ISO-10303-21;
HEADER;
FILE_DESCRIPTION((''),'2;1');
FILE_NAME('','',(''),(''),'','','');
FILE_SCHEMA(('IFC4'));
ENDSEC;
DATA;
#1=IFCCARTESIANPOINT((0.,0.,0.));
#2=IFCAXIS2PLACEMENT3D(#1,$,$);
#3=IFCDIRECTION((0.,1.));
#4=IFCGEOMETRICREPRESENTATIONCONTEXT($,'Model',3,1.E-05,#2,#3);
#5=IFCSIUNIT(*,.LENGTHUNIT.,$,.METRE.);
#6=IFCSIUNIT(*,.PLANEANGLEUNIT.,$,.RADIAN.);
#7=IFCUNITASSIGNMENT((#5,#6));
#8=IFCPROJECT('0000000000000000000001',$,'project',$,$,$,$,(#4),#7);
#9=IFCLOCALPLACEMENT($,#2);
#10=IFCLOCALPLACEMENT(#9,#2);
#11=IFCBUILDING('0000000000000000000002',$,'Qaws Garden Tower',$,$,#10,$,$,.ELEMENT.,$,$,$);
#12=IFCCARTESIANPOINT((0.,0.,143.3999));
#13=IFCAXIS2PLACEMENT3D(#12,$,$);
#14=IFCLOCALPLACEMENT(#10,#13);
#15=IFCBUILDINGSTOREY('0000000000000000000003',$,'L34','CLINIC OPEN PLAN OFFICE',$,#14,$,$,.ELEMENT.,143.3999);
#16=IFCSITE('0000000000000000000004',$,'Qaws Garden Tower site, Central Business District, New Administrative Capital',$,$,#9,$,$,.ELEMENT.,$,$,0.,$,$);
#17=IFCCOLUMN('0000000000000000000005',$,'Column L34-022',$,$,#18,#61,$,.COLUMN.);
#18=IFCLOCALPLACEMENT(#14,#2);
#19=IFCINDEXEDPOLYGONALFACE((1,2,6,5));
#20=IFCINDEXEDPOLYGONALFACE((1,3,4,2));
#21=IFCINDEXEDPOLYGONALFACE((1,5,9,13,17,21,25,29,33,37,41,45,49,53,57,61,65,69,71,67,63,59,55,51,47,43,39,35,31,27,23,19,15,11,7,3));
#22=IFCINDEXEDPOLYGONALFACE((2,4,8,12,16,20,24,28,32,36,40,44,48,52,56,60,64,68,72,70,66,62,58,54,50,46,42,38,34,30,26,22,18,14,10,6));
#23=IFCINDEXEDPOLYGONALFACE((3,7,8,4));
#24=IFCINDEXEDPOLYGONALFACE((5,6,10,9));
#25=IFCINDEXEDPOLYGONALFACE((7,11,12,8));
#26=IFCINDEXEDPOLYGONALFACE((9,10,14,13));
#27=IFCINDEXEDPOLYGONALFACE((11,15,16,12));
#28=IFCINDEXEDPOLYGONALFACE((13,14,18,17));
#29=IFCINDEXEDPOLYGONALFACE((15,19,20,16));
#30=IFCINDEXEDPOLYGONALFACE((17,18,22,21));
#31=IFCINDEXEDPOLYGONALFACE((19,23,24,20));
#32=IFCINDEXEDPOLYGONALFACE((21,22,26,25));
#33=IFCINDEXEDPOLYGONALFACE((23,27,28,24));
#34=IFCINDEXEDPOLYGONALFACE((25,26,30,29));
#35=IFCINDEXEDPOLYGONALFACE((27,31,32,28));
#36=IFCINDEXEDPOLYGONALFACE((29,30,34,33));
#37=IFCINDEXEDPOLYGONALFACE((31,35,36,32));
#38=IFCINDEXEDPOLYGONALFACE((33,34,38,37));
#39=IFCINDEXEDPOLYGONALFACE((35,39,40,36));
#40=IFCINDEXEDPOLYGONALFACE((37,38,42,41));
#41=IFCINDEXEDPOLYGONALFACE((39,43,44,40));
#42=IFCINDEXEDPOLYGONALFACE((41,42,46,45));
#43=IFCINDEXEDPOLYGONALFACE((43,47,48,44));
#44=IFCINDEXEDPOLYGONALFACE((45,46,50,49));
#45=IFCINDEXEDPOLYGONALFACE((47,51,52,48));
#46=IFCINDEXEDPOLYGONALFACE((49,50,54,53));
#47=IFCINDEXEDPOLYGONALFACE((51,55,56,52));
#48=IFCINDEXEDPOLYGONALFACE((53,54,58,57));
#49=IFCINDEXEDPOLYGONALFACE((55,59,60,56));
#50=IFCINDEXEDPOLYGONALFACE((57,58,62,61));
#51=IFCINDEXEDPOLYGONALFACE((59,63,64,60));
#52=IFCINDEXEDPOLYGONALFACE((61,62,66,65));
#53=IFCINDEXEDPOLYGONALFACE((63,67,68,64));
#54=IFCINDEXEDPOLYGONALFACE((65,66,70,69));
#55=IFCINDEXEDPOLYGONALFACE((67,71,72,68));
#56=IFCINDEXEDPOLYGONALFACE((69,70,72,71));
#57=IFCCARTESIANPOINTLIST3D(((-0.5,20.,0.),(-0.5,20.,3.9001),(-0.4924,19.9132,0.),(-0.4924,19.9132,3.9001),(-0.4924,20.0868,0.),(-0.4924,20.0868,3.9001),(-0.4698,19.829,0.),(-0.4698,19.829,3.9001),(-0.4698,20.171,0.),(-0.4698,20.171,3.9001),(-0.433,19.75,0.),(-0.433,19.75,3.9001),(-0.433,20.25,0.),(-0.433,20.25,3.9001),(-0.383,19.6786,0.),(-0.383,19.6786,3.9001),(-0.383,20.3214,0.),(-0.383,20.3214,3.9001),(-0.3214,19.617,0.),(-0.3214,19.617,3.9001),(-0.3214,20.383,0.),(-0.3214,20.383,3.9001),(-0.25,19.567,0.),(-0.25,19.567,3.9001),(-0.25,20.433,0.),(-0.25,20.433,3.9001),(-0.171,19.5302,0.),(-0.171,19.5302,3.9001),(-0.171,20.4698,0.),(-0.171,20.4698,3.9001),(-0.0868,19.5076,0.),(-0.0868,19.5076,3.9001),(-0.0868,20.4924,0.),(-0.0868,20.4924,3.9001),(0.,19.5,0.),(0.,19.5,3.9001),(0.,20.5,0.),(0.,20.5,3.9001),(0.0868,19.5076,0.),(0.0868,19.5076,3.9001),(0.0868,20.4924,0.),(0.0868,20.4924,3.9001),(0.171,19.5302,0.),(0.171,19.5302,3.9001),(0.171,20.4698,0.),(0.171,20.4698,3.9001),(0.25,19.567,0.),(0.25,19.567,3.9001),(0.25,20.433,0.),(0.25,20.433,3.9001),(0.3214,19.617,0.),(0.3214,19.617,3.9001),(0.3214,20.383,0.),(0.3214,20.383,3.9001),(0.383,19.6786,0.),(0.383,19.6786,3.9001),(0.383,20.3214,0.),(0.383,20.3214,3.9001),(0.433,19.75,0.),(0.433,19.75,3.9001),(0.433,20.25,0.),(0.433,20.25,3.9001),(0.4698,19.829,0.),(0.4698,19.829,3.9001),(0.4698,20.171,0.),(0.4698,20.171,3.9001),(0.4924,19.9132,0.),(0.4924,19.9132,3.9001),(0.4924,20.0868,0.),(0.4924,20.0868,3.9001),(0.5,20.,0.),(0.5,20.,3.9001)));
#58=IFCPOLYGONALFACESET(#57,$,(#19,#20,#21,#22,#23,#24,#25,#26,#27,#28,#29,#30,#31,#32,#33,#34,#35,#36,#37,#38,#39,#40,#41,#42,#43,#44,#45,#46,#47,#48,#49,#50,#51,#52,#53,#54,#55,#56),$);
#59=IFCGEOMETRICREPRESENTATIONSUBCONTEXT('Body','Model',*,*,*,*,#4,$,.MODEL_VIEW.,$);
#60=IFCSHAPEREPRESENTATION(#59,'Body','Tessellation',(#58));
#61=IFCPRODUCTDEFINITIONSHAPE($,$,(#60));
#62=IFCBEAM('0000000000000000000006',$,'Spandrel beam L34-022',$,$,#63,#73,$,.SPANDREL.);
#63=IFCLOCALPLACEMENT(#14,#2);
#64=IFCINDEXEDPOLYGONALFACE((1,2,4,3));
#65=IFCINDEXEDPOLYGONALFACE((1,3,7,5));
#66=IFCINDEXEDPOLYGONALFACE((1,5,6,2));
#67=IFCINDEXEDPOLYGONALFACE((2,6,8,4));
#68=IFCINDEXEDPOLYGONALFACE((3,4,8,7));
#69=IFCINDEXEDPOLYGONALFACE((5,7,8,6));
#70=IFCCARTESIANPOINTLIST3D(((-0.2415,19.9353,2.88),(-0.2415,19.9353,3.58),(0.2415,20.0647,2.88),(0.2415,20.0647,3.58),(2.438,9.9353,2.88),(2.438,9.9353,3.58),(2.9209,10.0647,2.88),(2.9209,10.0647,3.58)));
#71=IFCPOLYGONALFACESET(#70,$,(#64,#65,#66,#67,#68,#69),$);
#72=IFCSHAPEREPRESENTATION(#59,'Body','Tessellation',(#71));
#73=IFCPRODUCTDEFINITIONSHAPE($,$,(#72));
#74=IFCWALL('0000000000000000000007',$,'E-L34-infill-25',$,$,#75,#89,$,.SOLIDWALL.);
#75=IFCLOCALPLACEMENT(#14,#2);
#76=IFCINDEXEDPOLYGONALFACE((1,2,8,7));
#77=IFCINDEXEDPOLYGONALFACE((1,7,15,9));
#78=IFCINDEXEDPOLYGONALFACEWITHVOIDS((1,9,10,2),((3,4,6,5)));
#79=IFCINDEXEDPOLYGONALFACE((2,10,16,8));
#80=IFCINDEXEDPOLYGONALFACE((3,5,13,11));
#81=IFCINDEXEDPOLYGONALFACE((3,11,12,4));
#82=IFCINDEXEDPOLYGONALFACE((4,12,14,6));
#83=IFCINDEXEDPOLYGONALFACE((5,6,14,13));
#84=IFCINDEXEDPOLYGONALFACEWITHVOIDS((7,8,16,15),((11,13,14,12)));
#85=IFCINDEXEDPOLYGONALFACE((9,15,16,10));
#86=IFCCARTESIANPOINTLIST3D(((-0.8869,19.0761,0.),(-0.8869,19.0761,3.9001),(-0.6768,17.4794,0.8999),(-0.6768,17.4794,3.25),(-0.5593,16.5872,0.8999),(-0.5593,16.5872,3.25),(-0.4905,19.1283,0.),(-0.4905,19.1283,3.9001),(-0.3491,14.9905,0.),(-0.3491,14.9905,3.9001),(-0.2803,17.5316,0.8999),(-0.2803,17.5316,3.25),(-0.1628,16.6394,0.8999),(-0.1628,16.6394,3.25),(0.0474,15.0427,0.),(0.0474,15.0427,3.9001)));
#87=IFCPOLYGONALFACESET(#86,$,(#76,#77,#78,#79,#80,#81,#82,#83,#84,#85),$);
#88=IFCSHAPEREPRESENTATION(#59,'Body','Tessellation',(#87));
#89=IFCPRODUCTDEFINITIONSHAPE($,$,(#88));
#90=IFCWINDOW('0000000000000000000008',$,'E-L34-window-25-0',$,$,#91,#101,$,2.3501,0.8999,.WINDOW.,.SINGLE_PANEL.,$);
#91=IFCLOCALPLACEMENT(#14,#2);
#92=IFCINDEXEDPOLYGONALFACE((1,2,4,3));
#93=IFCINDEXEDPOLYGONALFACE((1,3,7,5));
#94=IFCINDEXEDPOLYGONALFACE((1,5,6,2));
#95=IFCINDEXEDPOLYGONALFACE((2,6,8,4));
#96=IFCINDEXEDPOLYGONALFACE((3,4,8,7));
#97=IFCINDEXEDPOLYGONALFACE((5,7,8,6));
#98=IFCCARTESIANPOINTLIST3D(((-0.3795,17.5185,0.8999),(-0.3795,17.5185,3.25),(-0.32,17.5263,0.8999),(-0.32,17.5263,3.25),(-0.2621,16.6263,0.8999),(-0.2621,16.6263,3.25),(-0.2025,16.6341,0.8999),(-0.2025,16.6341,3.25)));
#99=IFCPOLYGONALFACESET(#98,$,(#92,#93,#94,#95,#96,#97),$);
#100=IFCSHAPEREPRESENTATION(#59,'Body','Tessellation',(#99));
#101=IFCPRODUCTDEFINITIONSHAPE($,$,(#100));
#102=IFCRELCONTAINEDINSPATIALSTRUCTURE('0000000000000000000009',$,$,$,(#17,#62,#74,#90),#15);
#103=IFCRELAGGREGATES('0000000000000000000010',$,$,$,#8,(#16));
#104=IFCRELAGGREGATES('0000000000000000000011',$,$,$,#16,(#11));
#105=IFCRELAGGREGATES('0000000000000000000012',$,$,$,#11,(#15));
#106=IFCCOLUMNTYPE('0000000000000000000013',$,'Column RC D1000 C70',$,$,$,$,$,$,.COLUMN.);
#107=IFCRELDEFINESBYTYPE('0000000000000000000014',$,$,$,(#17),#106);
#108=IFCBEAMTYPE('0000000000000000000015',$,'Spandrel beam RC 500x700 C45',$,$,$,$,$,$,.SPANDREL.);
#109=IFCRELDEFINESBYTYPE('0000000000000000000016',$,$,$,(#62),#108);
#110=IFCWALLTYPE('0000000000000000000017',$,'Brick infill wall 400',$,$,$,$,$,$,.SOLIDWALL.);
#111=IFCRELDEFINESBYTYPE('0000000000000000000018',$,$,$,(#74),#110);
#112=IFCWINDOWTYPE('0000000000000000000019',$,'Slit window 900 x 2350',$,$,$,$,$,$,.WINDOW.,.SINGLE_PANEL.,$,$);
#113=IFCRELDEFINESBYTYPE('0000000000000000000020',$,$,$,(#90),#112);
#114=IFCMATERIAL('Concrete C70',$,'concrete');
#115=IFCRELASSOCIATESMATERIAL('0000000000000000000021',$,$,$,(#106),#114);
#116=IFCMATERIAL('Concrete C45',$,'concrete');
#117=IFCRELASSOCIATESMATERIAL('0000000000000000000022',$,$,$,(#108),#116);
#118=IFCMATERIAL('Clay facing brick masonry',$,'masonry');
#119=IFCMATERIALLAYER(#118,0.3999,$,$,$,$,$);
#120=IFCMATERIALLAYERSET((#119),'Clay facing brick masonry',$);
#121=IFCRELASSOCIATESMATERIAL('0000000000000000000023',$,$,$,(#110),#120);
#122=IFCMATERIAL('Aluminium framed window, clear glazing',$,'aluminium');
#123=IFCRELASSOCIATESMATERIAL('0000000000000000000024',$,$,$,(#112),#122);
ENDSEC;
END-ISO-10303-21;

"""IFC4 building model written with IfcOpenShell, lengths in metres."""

from ifc_helpers import new_model, si_unit, direction, frame, frame_2d, origin, origin_2d, place, context, subcontext, project, spatial, rectangle, circle, extrude, material, layer, layer_set, material_profile, profile_set, type_object, element, fill, save


model = new_model("IFC4")

# Units and contexts
model_context = context("Model", 3, precision=1e-05, world=origin(), true_north=direction((0.0, 1.0)))
body_context = subcontext(model_context, "Body", "Model", "MODEL_VIEW")
ifc_project = project(units=[si_unit("LENGTHUNIT", "METRE"), si_unit("PLANEANGLEUNIT", "RADIAN")], contexts=[model_context])

# Site, building, storey
site_placement = place(None, origin())
site = spatial("IfcSite", under=ifc_project, at=site_placement, Name="Qaws Garden Tower site, Central Business District, New Administrative Capital", CompositionType="ELEMENT", RefElevation=0.0)
building_placement = place(site_placement, origin())
building = spatial("IfcBuilding", under=site, at=building_placement, Name="Qaws Garden Tower", CompositionType="ELEMENT")
storey_placement = place(building_placement, frame((0.0, 0.0, 143.3999)))
storey = spatial("IfcBuildingStorey", under=building, at=storey_placement, Name="L34", Description="CLINIC OPEN PLAN OFFICE", CompositionType="ELEMENT", Elevation=143.3999)

# Column
ifc_material_1 = material(Name="Concrete C70", Category="concrete")
ifc_material_profile_1 = material_profile(ifc_material_1, circle(Radius=0.5, at=origin_2d()), Name="RC D1000")
ifc_profile_set_1 = profile_set([ifc_material_profile_1], Name="Concrete C70")
column_type = type_object("IfcColumnType", Name="Column RC D1000 C70", PredefinedType="COLUMN", material=ifc_profile_set_1)
column_placement = place(storey_placement, frame((0.0, 20.0, 0.0), z_axis=(0.0, 0.0, 1.0), x_axis=(1.0, 0.0, 0.0)))
element("IfcColumn", 1, at=column_placement, inside=storey, type_object=column_type, Name="Column L34-022", PredefinedType="COLUMN", context=body_context, shape_type="SweptSolid", body=[
    extrude(circle(Radius=0.5, at=origin_2d()), origin(), (0.0, 0.0, 1.0), 3.9001),
])

# Beam
ifc_material_2 = material(Name="Concrete C45", Category="concrete")
ifc_material_profile_2 = material_profile(ifc_material_2, rectangle(XDim=0.5, YDim=0.7, at=origin_2d()), Name="RC 500x700")
ifc_profile_set_2 = profile_set([ifc_material_profile_2], Name="Concrete C45")
beam_type = type_object("IfcBeamType", Name="Spandrel beam RC 500x700 C45", PredefinedType="SPANDREL", material=ifc_profile_set_2)
beam_placement = place(storey_placement, frame((0.0, 20.0, 3.23), z_axis=(0.258815, -0.965927, 0.0), x_axis=(0.965927, 0.258815, 0.0)))
element("IfcBeam", 2, at=beam_placement, inside=storey, type_object=beam_type, Name="Spandrel beam L34-022", PredefinedType="SPANDREL", context=body_context, shape_type="SweptSolid", body=[
    extrude(rectangle(XDim=0.5, YDim=0.7, at=origin_2d()), origin(), (0.0, 0.0, 1.0), 10.3528),
])

# Wall, opening, window
ifc_material_3 = material(Name="Clay facing brick masonry", Category="masonry")
ifc_layer_1 = layer(ifc_material_3, 0.3999)
ifc_layer_set_1 = layer_set([ifc_layer_1], Name="Clay facing brick masonry")
wall_type_1 = type_object("IfcWallType", Name="Brick infill wall 400", PredefinedType="SOLIDWALL", material=ifc_layer_set_1)
wall_1_placement = place(storey_placement, frame((-0.6887, 19.1023, 0.0), z_axis=(0.0, 0.0, 1.0), x_axis=(0.130514, -0.991446, 0.0)))
wall_1 = element("IfcWall", 3, at=wall_1_placement, inside=storey, type_object=wall_type_1, Name="E-L34-infill-25", PredefinedType="SOLIDWALL", context=body_context, shape_type="SweptSolid", body=[
    extrude(rectangle(XDim=4.1208, YDim=0.3999, at=frame_2d((2.0605, 0.0))), origin(), (0.0, 0.0, 1.0), 3.9001),
])
opening_1_placement = place(wall_1_placement, frame((1.6106, 0.0, 0.8999)))
opening_1 = element("IfcOpeningElement", 4, at=opening_1_placement, cuts=wall_1, PredefinedType="OPENING", context=body_context, shape_type="SweptSolid", body=[
    extrude(rectangle(XDim=0.8999, YDim=2.3501, at=frame_2d((0.45, 1.175))), frame((0.0, 0.21, 0.0), z_axis=(0.0, -1.0, 0.0), x_axis=(1.0, 0.0, 0.0)), (0.0, 0.0, 1.0), 0.4199),
])
ifc_material_4 = material(Name="Aluminium framed window, clear glazing", Category="aluminium")
window_type = type_object("IfcWindowType", Name="Slit window 900 x 2350", PartitioningType="SINGLE_PANEL", PredefinedType="WINDOW", material=ifc_material_4)
window_placement = place(opening_1_placement, origin())
window = element("IfcWindow", 5, at=window_placement, inside=storey, type_object=window_type, Name="E-L34-window-25-0", OverallHeight=2.3501, OverallWidth=0.8999, PartitioningType="SINGLE_PANEL", PredefinedType="WINDOW", context=body_context, shape_type="SweptSolid", body=[
    extrude(rectangle(XDim=0.8999, YDim=2.3501, at=frame_2d((0.45, 1.175))), frame((0.0, 0.1599, 0.0), z_axis=(0.0, -1.0, 0.0), x_axis=(1.0, 0.0, 0.0)), (0.0, 0.0, 1.0), 0.0601),
])
fill(opening_1, window)

save(model, "model.ifc")
